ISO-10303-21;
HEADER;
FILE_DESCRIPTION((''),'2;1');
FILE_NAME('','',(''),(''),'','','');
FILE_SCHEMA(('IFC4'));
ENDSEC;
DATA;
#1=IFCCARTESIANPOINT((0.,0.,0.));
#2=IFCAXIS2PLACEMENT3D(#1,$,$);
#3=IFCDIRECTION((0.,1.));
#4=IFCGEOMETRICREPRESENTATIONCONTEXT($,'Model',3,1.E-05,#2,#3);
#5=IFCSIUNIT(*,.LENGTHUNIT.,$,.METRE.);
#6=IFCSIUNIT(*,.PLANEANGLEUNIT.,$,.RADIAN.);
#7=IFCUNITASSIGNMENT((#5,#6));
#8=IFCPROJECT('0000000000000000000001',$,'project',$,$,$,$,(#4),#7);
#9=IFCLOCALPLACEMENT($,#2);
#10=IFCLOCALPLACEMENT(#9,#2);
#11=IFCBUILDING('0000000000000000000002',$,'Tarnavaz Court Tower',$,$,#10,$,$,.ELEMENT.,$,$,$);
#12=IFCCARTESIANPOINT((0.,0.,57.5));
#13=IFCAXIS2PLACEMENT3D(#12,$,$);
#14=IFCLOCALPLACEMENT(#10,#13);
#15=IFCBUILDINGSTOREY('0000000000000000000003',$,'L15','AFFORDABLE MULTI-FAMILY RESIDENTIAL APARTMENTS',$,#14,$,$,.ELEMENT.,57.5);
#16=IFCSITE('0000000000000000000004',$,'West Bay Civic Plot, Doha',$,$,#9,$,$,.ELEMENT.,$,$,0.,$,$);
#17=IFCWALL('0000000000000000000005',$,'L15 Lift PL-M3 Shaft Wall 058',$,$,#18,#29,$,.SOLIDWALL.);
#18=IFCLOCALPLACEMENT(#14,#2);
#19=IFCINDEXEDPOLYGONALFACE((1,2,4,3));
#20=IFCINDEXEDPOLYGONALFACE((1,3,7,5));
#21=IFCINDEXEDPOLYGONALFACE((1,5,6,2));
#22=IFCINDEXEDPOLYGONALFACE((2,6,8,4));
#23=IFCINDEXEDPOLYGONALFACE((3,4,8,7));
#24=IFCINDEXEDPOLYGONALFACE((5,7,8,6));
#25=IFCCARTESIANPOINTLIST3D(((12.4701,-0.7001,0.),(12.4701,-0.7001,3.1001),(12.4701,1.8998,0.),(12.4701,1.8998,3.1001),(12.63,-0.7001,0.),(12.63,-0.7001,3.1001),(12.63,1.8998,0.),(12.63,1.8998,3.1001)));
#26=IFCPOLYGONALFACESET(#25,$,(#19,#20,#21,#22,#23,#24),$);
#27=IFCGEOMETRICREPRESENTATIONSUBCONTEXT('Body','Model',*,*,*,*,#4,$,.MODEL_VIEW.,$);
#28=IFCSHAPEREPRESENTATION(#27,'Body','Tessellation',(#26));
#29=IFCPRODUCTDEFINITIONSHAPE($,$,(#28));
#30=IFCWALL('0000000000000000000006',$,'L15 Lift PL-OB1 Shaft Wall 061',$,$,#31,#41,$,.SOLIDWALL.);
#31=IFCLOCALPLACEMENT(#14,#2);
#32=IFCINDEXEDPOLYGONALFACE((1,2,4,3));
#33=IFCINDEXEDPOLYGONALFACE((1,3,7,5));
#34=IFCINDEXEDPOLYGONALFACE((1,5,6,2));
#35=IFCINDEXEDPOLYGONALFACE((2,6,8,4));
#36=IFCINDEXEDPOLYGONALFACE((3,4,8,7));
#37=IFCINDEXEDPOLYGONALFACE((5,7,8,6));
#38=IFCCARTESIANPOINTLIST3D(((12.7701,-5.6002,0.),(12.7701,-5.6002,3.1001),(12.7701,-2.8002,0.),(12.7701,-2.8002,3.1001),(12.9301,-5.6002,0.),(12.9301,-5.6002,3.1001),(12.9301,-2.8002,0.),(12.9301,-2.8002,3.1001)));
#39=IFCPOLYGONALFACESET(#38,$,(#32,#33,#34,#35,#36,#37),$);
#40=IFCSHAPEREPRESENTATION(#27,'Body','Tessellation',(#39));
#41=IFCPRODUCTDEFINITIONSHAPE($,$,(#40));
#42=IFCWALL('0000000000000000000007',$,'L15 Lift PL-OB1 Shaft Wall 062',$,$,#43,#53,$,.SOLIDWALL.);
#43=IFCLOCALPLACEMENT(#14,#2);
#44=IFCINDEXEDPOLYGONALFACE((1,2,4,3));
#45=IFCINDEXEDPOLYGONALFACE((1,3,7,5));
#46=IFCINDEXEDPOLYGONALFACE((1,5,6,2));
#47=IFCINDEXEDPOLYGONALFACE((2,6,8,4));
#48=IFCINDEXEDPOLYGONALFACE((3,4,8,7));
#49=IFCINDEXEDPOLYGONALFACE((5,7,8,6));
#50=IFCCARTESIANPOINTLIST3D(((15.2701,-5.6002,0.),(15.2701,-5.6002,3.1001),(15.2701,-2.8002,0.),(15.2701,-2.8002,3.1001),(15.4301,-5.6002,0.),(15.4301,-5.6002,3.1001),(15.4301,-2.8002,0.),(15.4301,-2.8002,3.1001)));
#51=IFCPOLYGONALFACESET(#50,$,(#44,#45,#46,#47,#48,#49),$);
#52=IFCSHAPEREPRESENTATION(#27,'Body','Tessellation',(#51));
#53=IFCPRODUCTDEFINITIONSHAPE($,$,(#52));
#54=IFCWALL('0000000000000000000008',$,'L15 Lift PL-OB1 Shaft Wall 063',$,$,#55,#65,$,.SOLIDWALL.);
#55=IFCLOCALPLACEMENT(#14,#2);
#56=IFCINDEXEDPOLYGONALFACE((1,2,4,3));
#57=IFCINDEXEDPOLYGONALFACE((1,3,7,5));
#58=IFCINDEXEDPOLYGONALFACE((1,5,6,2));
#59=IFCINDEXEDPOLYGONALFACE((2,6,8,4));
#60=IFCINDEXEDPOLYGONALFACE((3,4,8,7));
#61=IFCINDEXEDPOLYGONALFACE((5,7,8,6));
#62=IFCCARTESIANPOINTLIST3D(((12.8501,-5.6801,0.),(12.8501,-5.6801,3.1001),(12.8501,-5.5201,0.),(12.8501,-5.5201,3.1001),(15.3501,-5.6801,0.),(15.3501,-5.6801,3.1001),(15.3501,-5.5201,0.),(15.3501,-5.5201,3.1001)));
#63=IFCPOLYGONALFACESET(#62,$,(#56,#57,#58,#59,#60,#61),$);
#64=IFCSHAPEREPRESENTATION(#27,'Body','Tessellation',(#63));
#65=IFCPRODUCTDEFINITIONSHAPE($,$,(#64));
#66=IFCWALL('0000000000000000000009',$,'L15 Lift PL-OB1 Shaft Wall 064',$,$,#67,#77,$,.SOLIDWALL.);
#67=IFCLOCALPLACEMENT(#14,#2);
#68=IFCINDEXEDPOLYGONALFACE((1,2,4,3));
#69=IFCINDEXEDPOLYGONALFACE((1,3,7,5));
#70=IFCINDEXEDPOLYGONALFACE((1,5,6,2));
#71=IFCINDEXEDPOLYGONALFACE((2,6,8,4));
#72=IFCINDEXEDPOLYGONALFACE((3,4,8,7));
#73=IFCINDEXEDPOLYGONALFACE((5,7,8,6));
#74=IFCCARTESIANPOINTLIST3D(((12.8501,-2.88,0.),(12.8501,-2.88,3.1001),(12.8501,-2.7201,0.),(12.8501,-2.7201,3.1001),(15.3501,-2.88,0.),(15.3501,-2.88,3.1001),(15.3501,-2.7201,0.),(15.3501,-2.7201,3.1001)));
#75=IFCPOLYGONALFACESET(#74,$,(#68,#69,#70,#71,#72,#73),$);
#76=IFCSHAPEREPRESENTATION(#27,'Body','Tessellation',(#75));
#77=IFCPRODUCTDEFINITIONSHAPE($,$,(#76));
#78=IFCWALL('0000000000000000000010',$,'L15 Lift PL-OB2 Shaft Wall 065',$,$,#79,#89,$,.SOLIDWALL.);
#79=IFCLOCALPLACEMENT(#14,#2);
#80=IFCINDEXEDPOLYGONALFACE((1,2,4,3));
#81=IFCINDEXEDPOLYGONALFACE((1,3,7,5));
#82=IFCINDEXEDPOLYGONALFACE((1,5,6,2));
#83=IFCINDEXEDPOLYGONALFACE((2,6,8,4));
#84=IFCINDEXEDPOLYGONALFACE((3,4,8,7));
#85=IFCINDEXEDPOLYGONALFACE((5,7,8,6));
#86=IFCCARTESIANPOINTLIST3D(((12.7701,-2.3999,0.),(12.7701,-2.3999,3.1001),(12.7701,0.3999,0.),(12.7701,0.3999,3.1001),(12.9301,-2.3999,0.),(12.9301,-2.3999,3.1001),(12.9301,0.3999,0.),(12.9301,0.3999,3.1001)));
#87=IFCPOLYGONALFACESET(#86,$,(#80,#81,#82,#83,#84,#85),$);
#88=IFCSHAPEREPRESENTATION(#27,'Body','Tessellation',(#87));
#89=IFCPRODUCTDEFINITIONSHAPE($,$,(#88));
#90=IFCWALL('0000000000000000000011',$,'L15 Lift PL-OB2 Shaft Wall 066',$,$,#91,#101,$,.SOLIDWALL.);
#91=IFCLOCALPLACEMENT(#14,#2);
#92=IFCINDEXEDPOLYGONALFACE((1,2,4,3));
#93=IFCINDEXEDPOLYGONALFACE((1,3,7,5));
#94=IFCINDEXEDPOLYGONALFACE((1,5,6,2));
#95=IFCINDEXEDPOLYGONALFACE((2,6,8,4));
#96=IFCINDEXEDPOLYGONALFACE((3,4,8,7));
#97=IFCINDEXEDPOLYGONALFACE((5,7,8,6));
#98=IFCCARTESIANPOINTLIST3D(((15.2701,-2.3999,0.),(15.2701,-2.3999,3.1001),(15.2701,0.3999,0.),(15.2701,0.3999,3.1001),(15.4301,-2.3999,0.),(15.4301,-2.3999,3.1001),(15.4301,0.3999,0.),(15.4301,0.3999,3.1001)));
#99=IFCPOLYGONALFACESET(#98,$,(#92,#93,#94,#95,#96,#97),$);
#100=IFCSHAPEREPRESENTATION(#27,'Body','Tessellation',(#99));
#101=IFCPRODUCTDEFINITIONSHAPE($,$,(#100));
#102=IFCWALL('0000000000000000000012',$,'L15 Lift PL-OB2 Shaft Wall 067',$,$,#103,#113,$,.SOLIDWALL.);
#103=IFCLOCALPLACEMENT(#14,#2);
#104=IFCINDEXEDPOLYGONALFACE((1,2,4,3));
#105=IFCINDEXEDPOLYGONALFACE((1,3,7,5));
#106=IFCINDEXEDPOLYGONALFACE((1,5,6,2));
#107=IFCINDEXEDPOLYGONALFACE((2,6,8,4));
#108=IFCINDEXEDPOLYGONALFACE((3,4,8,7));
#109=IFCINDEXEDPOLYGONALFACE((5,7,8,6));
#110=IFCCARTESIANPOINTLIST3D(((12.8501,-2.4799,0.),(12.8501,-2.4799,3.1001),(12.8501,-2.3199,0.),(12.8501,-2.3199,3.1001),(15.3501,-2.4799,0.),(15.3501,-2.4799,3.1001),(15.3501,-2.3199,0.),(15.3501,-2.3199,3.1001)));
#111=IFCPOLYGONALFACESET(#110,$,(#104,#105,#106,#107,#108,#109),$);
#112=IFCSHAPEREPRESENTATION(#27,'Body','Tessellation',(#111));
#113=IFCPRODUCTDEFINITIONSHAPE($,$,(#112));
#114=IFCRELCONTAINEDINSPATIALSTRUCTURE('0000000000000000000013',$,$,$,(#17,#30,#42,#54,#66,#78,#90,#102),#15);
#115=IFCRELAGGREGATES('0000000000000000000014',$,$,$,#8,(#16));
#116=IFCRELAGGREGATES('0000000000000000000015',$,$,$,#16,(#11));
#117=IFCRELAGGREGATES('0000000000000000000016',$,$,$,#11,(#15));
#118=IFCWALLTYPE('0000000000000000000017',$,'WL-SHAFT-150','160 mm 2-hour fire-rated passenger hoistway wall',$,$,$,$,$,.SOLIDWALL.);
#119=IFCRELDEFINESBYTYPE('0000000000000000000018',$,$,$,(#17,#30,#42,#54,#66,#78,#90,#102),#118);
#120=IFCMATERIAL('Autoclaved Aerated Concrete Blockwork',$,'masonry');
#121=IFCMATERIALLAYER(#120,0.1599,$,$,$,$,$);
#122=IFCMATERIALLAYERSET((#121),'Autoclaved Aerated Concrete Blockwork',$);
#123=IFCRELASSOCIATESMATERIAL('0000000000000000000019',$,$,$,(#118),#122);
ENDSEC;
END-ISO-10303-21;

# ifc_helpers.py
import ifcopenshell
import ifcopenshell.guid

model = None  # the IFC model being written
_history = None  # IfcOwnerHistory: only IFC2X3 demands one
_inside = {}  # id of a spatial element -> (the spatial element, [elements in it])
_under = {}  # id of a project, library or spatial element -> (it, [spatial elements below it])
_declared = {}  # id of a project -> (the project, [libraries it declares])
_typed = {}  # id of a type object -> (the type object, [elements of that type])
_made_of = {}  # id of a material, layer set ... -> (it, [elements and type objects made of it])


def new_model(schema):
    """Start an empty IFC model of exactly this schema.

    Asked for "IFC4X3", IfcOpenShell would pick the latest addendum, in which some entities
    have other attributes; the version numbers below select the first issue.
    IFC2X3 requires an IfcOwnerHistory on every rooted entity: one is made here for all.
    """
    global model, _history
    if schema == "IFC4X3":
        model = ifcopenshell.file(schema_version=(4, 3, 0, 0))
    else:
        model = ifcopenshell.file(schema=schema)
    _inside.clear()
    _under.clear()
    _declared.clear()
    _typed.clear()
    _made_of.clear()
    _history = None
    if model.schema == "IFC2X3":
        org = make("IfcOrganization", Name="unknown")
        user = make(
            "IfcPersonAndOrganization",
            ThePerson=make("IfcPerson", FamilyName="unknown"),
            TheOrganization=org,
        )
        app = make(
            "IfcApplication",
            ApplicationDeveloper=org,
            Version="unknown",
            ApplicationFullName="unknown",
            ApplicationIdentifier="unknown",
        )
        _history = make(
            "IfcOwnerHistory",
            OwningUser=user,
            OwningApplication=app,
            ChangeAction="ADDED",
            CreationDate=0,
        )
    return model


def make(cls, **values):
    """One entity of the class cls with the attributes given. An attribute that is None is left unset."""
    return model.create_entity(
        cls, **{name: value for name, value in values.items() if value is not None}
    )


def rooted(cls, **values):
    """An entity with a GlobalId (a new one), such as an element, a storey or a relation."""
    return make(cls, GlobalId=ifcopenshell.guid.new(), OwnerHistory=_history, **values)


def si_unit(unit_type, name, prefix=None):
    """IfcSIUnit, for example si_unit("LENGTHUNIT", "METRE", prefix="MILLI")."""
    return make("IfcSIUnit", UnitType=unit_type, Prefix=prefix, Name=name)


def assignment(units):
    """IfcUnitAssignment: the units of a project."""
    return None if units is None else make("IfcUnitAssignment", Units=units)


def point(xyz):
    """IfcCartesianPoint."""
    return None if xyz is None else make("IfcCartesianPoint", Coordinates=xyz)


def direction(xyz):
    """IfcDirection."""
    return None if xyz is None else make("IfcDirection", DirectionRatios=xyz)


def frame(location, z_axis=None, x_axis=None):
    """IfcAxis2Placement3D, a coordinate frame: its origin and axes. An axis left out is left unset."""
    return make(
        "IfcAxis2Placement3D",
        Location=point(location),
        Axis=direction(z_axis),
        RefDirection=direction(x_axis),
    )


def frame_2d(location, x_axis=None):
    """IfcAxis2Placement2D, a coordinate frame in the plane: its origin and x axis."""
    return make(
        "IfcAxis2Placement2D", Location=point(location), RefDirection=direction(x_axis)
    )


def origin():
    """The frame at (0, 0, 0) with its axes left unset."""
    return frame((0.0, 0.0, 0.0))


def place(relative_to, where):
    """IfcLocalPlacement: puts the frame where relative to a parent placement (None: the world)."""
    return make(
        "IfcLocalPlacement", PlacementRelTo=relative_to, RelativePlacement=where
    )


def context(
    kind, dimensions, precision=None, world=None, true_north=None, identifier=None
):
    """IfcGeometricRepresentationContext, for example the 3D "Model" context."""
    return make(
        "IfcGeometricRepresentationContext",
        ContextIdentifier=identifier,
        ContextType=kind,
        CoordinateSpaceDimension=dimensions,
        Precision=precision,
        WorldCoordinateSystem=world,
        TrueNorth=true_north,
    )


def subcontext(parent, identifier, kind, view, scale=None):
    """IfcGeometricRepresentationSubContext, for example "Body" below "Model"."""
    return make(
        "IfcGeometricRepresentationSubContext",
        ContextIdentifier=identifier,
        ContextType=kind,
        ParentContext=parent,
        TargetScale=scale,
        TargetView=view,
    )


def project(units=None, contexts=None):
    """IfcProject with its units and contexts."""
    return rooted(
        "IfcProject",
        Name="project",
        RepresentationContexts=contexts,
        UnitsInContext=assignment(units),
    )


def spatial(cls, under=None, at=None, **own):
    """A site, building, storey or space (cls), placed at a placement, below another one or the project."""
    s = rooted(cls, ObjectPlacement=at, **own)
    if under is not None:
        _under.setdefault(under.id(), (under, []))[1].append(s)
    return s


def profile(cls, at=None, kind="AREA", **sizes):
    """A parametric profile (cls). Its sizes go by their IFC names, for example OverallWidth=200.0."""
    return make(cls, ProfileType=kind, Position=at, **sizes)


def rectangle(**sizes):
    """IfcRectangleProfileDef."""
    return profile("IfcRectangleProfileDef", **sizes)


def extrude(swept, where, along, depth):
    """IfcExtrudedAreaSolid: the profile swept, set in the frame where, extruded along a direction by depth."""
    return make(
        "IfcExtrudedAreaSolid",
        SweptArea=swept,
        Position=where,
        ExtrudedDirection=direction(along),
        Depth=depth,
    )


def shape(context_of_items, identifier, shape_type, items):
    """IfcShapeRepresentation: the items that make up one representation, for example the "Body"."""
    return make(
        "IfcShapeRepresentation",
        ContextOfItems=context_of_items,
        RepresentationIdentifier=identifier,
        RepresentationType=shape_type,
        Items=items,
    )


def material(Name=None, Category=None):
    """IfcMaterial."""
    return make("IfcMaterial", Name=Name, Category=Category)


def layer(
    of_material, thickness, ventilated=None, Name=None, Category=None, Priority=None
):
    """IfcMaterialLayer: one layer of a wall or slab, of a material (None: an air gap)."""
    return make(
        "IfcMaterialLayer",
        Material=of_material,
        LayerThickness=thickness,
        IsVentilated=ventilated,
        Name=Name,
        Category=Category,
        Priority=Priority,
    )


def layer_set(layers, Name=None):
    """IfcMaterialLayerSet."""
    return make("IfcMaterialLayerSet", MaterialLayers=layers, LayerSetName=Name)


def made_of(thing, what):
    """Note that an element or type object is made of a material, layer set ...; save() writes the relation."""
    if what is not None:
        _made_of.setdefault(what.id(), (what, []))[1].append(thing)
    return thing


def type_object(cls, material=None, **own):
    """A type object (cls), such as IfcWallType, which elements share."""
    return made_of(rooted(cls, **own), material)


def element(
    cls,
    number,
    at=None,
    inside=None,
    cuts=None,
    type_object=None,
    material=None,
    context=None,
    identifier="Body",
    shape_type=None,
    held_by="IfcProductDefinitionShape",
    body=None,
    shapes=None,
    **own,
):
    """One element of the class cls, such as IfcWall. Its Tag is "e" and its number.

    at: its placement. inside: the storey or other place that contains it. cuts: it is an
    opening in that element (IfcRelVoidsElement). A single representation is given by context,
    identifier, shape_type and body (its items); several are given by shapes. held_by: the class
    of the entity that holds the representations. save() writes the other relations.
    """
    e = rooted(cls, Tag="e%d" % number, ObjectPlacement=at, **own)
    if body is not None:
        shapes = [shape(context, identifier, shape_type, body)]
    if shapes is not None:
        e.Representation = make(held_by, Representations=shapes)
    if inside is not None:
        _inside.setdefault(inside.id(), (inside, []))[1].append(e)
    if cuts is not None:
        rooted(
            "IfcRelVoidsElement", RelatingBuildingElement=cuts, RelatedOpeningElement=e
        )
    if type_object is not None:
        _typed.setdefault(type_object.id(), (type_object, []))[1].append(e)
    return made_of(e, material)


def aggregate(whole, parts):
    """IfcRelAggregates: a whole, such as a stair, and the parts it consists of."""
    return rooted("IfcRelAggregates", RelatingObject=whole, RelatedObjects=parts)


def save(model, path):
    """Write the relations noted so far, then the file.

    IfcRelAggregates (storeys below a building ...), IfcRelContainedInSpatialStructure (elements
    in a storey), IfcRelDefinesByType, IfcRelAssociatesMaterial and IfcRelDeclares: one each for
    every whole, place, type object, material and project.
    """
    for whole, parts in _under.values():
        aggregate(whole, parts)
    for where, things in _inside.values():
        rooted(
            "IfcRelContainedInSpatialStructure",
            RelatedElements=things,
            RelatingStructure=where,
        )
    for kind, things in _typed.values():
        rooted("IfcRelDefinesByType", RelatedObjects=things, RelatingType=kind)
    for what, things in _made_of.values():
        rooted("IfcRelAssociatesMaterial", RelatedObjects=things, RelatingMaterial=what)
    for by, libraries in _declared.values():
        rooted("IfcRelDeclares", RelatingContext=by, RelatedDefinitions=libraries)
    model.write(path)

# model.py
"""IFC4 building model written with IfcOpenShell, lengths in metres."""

from ifc_helpers import new_model, si_unit, direction, frame, frame_2d, origin, place, context, subcontext, project, spatial, rectangle, extrude, material, layer, layer_set, type_object, element, save


model = new_model("IFC4")

# Units and contexts
model_context = context("Model", 3, precision=1e-05, world=origin(), true_north=direction((0.0, 1.0)))
body_context = subcontext(model_context, "Body", "Model", "MODEL_VIEW")
ifc_project = project(units=[si_unit("LENGTHUNIT", "METRE"), si_unit("PLANEANGLEUNIT", "RADIAN")], contexts=[model_context])

# Site, building, storey
site_placement = place(None, origin())
site = spatial("IfcSite", under=ifc_project, at=site_placement, Name="West Bay Civic Plot, Doha", CompositionType="ELEMENT", RefElevation=0.0)
building_placement = place(site_placement, origin())
building = spatial("IfcBuilding", under=site, at=building_placement, Name="Tarnavaz Court Tower", CompositionType="ELEMENT")
storey_placement = place(building_placement, frame((0.0, 0.0, 57.5)))
storey = spatial("IfcBuildingStorey", under=building, at=storey_placement, Name="L15", Description="AFFORDABLE MULTI-FAMILY RESIDENTIAL APARTMENTS", CompositionType="ELEMENT", Elevation=57.5)

# Walls
ifc_material_1 = material(Name="Autoclaved Aerated Concrete Blockwork", Category="masonry")
ifc_layer_1 = layer(ifc_material_1, 0.1599)
ifc_layer_set_1 = layer_set([ifc_layer_1], Name="Autoclaved Aerated Concrete Blockwork")
wall_type_1 = type_object("IfcWallType", Name="WL-SHAFT-150", Description="160 mm 2-hour fire-rated passenger hoistway wall", PredefinedType="SOLIDWALL", material=ifc_layer_set_1)
wall_1_placement = place(storey_placement, frame((12.55, -0.7, 0.0), z_axis=(0.0, 0.0, 1.0), x_axis=(0.0, 1.0, 0.0)))
element("IfcWall", 1, at=wall_1_placement, inside=storey, type_object=wall_type_1, Name="L15 Lift PL-M3 Shaft Wall 058", PredefinedType="SOLIDWALL", context=body_context, shape_type="SweptSolid", body=[
    extrude(rectangle(XDim=2.5999, YDim=0.1599, at=frame_2d((1.2998, 0.0))), origin(), (0.0, 0.0, 1.0), 3.1001),
])
for number, where, z_axis, x_axis, name in (
    (2, (12.8501, -5.6001, 0.0), (0.0, 0.0, 1.0), (0.0, 1.0, 0.0), "L15 Lift PL-OB1 Shaft Wall 061"),
    (3, (15.3501, -5.6001, 0.0), (0.0, 0.0, 1.0), (0.0, 1.0, 0.0), "L15 Lift PL-OB1 Shaft Wall 062"),
):
    element("IfcWall", number, at=place(storey_placement, frame(where, z_axis=z_axis, x_axis=x_axis)), inside=storey, type_object=wall_type_1, Name=name, PredefinedType="SOLIDWALL", context=body_context, shape_type="SweptSolid", body=[
        extrude(rectangle(XDim=2.8, YDim=0.1599, at=frame_2d((1.3999, 0.0))), origin(), (0.0, 0.0, 1.0), 3.1001),
    ])
for number, where, z_axis, x_axis, name in (
    (4, (12.8501, -5.6001, 0.0), (0.0, 0.0, 1.0), (1.0, 0.0, 0.0), "L15 Lift PL-OB1 Shaft Wall 063"),
    (5, (12.8501, -2.8, 0.0), (0.0, 0.0, 1.0), (1.0, 0.0, 0.0), "L15 Lift PL-OB1 Shaft Wall 064"),
):
    element("IfcWall", number, at=place(storey_placement, frame(where, z_axis=z_axis, x_axis=x_axis)), inside=storey, type_object=wall_type_1, Name=name, PredefinedType="SOLIDWALL", context=body_context, shape_type="SweptSolid", body=[
        extrude(rectangle(XDim=2.5, YDim=0.1599, at=frame_2d((1.25, 0.0))), origin(), (0.0, 0.0, 1.0), 3.1001),
    ])
for number, where, z_axis, x_axis, name in (
    (6, (12.8501, -2.3999, 0.0), (0.0, 0.0, 1.0), (0.0, 1.0, 0.0), "L15 Lift PL-OB2 Shaft Wall 065"),
    (7, (15.3501, -2.3999, 0.0), (0.0, 0.0, 1.0), (0.0, 1.0, 0.0), "L15 Lift PL-OB2 Shaft Wall 066"),
):
    element("IfcWall", number, at=place(storey_placement, frame(where, z_axis=z_axis, x_axis=x_axis)), inside=storey, type_object=wall_type_1, Name=name, PredefinedType="SOLIDWALL", context=body_context, shape_type="SweptSolid", body=[
        extrude(rectangle(XDim=2.7998, YDim=0.1599, at=frame_2d((1.3999, 0.0))), origin(), (0.0, 0.0, 1.0), 3.1001),
    ])
wall_2_placement = place(storey_placement, frame((12.8501, -2.3999, 0.0), z_axis=(0.0, 0.0, 1.0), x_axis=(1.0, 0.0, 0.0)))
element("IfcWall", 8, at=wall_2_placement, inside=storey, type_object=wall_type_1, Name="L15 Lift PL-OB2 Shaft Wall 067", PredefinedType="SOLIDWALL", context=body_context, shape_type="SweptSolid", body=[
    extrude(rectangle(XDim=2.5, YDim=0.1599, at=frame_2d((1.25, 0.0))), origin(), (0.0, 0.0, 1.0), 3.1001),
])

save(model, "model.ifc")
